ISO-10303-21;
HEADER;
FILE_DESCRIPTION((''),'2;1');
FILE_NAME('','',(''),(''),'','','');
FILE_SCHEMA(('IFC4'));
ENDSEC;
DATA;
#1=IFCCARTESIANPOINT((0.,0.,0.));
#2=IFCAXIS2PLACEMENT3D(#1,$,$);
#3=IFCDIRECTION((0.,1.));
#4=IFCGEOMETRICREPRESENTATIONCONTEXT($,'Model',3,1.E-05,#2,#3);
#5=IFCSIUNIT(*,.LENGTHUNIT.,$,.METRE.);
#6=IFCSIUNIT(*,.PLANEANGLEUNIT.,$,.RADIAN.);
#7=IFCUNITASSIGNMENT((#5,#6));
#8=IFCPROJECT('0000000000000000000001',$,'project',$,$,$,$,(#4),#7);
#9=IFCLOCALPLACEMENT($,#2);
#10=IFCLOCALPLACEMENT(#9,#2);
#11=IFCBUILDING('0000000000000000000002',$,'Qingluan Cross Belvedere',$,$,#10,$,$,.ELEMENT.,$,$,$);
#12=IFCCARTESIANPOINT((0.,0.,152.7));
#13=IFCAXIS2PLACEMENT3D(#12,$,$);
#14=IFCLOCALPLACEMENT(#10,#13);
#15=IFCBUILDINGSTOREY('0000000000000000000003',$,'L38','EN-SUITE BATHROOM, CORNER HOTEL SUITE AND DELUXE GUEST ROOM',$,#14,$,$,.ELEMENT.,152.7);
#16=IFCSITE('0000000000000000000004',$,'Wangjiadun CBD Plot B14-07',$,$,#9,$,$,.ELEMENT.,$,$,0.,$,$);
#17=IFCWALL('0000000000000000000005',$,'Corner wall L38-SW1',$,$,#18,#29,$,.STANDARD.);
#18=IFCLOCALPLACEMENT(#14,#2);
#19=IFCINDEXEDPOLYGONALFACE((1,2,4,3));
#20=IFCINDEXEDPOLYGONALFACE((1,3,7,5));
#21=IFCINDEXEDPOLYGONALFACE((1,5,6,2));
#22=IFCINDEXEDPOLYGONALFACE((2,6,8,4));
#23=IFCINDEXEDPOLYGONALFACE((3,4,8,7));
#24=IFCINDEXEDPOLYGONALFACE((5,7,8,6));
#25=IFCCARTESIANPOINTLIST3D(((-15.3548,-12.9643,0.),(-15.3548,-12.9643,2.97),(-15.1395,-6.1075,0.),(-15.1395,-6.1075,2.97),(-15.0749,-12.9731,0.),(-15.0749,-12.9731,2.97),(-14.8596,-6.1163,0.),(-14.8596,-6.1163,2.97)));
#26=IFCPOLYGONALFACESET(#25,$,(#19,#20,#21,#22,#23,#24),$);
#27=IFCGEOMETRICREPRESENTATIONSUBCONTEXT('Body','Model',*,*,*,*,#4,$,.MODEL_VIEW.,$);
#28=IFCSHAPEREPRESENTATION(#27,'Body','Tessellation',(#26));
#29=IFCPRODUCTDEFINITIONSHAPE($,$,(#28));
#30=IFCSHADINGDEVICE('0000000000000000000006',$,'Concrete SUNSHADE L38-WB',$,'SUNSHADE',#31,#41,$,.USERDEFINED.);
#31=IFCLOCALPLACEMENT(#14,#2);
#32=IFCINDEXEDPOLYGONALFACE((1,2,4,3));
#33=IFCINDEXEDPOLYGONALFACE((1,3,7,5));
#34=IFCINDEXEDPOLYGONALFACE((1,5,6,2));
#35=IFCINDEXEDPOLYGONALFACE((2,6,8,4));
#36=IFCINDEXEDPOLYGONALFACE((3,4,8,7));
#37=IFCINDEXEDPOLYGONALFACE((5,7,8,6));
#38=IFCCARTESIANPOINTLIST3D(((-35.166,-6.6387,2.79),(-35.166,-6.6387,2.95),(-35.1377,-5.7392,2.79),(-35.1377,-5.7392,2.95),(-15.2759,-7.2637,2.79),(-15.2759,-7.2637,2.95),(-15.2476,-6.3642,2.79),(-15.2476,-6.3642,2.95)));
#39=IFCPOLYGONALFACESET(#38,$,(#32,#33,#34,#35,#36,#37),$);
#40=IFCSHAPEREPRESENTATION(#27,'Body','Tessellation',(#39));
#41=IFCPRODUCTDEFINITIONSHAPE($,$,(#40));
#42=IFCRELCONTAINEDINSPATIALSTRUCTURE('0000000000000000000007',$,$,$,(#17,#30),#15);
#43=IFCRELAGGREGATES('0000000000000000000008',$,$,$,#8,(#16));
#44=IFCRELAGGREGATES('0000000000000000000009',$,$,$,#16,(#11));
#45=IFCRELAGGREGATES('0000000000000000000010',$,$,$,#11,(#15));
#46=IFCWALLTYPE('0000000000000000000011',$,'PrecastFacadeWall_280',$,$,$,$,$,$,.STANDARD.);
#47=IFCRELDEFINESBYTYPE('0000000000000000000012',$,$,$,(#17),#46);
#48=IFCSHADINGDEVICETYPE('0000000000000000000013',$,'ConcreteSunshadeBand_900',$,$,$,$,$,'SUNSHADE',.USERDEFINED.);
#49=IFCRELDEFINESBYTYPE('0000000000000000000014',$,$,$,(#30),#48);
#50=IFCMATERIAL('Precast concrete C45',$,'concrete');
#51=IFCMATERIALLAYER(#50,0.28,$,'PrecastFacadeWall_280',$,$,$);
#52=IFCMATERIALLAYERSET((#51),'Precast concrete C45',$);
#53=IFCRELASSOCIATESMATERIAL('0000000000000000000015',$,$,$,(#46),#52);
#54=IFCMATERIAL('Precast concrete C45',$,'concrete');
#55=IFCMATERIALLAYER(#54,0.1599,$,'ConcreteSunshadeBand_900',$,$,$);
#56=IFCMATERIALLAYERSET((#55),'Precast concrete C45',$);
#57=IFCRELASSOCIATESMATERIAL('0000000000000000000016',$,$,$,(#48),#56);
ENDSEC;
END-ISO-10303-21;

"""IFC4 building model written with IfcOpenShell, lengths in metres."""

from ifc_helpers import new_model, si_unit, direction, frame, frame_2d, origin, origin_2d, place, context, subcontext, project, spatial, rectangle, extrude, material, layer, layer_set, type_object, element, save


model = new_model("IFC4")

# Units and contexts
model_context = context("Model", 3, precision=1e-05, world=origin(), true_north=direction((0.0, 1.0)))
body_context = subcontext(model_context, "Body", "Model", "MODEL_VIEW")
ifc_project = project(units=[si_unit("LENGTHUNIT", "METRE"), si_unit("PLANEANGLEUNIT", "RADIAN")], contexts=[model_context])

# Site, building, storey
site_placement = place(None, origin())
site = spatial("IfcSite", under=ifc_project, at=site_placement, Name="Wangjiadun CBD Plot B14-07", CompositionType="ELEMENT", RefElevation=0.0)
building_placement = place(site_placement, origin())
building = spatial("IfcBuilding", under=site, at=building_placement, Name="Qingluan Cross Belvedere", CompositionType="ELEMENT")
storey_placement = place(building_placement, frame((0.0, 0.0, 152.7)))
storey = spatial("IfcBuildingStorey", under=building, at=storey_placement, Name="L38", Description="EN-SUITE BATHROOM, CORNER HOTEL SUITE AND DELUXE GUEST ROOM", CompositionType="ELEMENT", Elevation=152.7)

# Shared definitions
ifc_material_1 = material(Name="Precast concrete C45", Category="concrete")
ifc_layer_1 = layer(ifc_material_1, 0.28, Name="PrecastFacadeWall_280")
ifc_layer_set_1 = layer_set([ifc_layer_1], Name="Precast concrete C45")
wall_type_1 = type_object("IfcWallType", Name="PrecastFacadeWall_280", PredefinedType="STANDARD", material=ifc_layer_set_1)

# Wall
wall_1_placement = place(storey_placement, frame((-14.9995, -6.1118, 0.0), z_axis=(0.0, 0.0, 1.0), x_axis=(-0.031389, -0.999507, 0.0)))
element("IfcWall", 1, at=wall_1_placement, inside=storey, type_object=wall_type_1, Name="Corner wall L38-SW1", PredefinedType="STANDARD", context=body_context, shape_type="SweptSolid", body=[
    extrude(rectangle(XDim=6.8601, YDim=0.28, at=frame_2d((3.4302, 0.0))), origin(), (0.0, 0.0, 1.0), 2.97),
])

# Shading device
ifc_material_2 = material(Name="Precast concrete C45", Category="concrete")
ifc_layer_2 = layer(ifc_material_2, 0.1599, Name="ConcreteSunshadeBand_900")
ifc_layer_set_2 = layer_set([ifc_layer_2], Name="Precast concrete C45")
shading_device_type = type_object("IfcShadingDeviceType", Name="ConcreteSunshadeBand_900", ElementType="SUNSHADE", PredefinedType="USERDEFINED", material=ifc_layer_set_2)
shading_device_placement = place(storey_placement, frame((-25.2068, -6.5015, 2.79), z_axis=(0.0, 0.0, 1.0), x_axis=(0.999507, -0.031408, 0.0)))
element("IfcShadingDevice", 2, at=shading_device_placement, inside=storey, type_object=shading_device_type, Name="Concrete SUNSHADE L38-WB", ObjectType="SUNSHADE", PredefinedType="USERDEFINED", context=body_context, shape_type="SweptSolid", body=[
    extrude(rectangle(XDim=19.8999, YDim=0.8999, at=origin_2d()), origin(), (0.0, 0.0, 1.0), 0.1599),
])

save(model, "model.ifc")
